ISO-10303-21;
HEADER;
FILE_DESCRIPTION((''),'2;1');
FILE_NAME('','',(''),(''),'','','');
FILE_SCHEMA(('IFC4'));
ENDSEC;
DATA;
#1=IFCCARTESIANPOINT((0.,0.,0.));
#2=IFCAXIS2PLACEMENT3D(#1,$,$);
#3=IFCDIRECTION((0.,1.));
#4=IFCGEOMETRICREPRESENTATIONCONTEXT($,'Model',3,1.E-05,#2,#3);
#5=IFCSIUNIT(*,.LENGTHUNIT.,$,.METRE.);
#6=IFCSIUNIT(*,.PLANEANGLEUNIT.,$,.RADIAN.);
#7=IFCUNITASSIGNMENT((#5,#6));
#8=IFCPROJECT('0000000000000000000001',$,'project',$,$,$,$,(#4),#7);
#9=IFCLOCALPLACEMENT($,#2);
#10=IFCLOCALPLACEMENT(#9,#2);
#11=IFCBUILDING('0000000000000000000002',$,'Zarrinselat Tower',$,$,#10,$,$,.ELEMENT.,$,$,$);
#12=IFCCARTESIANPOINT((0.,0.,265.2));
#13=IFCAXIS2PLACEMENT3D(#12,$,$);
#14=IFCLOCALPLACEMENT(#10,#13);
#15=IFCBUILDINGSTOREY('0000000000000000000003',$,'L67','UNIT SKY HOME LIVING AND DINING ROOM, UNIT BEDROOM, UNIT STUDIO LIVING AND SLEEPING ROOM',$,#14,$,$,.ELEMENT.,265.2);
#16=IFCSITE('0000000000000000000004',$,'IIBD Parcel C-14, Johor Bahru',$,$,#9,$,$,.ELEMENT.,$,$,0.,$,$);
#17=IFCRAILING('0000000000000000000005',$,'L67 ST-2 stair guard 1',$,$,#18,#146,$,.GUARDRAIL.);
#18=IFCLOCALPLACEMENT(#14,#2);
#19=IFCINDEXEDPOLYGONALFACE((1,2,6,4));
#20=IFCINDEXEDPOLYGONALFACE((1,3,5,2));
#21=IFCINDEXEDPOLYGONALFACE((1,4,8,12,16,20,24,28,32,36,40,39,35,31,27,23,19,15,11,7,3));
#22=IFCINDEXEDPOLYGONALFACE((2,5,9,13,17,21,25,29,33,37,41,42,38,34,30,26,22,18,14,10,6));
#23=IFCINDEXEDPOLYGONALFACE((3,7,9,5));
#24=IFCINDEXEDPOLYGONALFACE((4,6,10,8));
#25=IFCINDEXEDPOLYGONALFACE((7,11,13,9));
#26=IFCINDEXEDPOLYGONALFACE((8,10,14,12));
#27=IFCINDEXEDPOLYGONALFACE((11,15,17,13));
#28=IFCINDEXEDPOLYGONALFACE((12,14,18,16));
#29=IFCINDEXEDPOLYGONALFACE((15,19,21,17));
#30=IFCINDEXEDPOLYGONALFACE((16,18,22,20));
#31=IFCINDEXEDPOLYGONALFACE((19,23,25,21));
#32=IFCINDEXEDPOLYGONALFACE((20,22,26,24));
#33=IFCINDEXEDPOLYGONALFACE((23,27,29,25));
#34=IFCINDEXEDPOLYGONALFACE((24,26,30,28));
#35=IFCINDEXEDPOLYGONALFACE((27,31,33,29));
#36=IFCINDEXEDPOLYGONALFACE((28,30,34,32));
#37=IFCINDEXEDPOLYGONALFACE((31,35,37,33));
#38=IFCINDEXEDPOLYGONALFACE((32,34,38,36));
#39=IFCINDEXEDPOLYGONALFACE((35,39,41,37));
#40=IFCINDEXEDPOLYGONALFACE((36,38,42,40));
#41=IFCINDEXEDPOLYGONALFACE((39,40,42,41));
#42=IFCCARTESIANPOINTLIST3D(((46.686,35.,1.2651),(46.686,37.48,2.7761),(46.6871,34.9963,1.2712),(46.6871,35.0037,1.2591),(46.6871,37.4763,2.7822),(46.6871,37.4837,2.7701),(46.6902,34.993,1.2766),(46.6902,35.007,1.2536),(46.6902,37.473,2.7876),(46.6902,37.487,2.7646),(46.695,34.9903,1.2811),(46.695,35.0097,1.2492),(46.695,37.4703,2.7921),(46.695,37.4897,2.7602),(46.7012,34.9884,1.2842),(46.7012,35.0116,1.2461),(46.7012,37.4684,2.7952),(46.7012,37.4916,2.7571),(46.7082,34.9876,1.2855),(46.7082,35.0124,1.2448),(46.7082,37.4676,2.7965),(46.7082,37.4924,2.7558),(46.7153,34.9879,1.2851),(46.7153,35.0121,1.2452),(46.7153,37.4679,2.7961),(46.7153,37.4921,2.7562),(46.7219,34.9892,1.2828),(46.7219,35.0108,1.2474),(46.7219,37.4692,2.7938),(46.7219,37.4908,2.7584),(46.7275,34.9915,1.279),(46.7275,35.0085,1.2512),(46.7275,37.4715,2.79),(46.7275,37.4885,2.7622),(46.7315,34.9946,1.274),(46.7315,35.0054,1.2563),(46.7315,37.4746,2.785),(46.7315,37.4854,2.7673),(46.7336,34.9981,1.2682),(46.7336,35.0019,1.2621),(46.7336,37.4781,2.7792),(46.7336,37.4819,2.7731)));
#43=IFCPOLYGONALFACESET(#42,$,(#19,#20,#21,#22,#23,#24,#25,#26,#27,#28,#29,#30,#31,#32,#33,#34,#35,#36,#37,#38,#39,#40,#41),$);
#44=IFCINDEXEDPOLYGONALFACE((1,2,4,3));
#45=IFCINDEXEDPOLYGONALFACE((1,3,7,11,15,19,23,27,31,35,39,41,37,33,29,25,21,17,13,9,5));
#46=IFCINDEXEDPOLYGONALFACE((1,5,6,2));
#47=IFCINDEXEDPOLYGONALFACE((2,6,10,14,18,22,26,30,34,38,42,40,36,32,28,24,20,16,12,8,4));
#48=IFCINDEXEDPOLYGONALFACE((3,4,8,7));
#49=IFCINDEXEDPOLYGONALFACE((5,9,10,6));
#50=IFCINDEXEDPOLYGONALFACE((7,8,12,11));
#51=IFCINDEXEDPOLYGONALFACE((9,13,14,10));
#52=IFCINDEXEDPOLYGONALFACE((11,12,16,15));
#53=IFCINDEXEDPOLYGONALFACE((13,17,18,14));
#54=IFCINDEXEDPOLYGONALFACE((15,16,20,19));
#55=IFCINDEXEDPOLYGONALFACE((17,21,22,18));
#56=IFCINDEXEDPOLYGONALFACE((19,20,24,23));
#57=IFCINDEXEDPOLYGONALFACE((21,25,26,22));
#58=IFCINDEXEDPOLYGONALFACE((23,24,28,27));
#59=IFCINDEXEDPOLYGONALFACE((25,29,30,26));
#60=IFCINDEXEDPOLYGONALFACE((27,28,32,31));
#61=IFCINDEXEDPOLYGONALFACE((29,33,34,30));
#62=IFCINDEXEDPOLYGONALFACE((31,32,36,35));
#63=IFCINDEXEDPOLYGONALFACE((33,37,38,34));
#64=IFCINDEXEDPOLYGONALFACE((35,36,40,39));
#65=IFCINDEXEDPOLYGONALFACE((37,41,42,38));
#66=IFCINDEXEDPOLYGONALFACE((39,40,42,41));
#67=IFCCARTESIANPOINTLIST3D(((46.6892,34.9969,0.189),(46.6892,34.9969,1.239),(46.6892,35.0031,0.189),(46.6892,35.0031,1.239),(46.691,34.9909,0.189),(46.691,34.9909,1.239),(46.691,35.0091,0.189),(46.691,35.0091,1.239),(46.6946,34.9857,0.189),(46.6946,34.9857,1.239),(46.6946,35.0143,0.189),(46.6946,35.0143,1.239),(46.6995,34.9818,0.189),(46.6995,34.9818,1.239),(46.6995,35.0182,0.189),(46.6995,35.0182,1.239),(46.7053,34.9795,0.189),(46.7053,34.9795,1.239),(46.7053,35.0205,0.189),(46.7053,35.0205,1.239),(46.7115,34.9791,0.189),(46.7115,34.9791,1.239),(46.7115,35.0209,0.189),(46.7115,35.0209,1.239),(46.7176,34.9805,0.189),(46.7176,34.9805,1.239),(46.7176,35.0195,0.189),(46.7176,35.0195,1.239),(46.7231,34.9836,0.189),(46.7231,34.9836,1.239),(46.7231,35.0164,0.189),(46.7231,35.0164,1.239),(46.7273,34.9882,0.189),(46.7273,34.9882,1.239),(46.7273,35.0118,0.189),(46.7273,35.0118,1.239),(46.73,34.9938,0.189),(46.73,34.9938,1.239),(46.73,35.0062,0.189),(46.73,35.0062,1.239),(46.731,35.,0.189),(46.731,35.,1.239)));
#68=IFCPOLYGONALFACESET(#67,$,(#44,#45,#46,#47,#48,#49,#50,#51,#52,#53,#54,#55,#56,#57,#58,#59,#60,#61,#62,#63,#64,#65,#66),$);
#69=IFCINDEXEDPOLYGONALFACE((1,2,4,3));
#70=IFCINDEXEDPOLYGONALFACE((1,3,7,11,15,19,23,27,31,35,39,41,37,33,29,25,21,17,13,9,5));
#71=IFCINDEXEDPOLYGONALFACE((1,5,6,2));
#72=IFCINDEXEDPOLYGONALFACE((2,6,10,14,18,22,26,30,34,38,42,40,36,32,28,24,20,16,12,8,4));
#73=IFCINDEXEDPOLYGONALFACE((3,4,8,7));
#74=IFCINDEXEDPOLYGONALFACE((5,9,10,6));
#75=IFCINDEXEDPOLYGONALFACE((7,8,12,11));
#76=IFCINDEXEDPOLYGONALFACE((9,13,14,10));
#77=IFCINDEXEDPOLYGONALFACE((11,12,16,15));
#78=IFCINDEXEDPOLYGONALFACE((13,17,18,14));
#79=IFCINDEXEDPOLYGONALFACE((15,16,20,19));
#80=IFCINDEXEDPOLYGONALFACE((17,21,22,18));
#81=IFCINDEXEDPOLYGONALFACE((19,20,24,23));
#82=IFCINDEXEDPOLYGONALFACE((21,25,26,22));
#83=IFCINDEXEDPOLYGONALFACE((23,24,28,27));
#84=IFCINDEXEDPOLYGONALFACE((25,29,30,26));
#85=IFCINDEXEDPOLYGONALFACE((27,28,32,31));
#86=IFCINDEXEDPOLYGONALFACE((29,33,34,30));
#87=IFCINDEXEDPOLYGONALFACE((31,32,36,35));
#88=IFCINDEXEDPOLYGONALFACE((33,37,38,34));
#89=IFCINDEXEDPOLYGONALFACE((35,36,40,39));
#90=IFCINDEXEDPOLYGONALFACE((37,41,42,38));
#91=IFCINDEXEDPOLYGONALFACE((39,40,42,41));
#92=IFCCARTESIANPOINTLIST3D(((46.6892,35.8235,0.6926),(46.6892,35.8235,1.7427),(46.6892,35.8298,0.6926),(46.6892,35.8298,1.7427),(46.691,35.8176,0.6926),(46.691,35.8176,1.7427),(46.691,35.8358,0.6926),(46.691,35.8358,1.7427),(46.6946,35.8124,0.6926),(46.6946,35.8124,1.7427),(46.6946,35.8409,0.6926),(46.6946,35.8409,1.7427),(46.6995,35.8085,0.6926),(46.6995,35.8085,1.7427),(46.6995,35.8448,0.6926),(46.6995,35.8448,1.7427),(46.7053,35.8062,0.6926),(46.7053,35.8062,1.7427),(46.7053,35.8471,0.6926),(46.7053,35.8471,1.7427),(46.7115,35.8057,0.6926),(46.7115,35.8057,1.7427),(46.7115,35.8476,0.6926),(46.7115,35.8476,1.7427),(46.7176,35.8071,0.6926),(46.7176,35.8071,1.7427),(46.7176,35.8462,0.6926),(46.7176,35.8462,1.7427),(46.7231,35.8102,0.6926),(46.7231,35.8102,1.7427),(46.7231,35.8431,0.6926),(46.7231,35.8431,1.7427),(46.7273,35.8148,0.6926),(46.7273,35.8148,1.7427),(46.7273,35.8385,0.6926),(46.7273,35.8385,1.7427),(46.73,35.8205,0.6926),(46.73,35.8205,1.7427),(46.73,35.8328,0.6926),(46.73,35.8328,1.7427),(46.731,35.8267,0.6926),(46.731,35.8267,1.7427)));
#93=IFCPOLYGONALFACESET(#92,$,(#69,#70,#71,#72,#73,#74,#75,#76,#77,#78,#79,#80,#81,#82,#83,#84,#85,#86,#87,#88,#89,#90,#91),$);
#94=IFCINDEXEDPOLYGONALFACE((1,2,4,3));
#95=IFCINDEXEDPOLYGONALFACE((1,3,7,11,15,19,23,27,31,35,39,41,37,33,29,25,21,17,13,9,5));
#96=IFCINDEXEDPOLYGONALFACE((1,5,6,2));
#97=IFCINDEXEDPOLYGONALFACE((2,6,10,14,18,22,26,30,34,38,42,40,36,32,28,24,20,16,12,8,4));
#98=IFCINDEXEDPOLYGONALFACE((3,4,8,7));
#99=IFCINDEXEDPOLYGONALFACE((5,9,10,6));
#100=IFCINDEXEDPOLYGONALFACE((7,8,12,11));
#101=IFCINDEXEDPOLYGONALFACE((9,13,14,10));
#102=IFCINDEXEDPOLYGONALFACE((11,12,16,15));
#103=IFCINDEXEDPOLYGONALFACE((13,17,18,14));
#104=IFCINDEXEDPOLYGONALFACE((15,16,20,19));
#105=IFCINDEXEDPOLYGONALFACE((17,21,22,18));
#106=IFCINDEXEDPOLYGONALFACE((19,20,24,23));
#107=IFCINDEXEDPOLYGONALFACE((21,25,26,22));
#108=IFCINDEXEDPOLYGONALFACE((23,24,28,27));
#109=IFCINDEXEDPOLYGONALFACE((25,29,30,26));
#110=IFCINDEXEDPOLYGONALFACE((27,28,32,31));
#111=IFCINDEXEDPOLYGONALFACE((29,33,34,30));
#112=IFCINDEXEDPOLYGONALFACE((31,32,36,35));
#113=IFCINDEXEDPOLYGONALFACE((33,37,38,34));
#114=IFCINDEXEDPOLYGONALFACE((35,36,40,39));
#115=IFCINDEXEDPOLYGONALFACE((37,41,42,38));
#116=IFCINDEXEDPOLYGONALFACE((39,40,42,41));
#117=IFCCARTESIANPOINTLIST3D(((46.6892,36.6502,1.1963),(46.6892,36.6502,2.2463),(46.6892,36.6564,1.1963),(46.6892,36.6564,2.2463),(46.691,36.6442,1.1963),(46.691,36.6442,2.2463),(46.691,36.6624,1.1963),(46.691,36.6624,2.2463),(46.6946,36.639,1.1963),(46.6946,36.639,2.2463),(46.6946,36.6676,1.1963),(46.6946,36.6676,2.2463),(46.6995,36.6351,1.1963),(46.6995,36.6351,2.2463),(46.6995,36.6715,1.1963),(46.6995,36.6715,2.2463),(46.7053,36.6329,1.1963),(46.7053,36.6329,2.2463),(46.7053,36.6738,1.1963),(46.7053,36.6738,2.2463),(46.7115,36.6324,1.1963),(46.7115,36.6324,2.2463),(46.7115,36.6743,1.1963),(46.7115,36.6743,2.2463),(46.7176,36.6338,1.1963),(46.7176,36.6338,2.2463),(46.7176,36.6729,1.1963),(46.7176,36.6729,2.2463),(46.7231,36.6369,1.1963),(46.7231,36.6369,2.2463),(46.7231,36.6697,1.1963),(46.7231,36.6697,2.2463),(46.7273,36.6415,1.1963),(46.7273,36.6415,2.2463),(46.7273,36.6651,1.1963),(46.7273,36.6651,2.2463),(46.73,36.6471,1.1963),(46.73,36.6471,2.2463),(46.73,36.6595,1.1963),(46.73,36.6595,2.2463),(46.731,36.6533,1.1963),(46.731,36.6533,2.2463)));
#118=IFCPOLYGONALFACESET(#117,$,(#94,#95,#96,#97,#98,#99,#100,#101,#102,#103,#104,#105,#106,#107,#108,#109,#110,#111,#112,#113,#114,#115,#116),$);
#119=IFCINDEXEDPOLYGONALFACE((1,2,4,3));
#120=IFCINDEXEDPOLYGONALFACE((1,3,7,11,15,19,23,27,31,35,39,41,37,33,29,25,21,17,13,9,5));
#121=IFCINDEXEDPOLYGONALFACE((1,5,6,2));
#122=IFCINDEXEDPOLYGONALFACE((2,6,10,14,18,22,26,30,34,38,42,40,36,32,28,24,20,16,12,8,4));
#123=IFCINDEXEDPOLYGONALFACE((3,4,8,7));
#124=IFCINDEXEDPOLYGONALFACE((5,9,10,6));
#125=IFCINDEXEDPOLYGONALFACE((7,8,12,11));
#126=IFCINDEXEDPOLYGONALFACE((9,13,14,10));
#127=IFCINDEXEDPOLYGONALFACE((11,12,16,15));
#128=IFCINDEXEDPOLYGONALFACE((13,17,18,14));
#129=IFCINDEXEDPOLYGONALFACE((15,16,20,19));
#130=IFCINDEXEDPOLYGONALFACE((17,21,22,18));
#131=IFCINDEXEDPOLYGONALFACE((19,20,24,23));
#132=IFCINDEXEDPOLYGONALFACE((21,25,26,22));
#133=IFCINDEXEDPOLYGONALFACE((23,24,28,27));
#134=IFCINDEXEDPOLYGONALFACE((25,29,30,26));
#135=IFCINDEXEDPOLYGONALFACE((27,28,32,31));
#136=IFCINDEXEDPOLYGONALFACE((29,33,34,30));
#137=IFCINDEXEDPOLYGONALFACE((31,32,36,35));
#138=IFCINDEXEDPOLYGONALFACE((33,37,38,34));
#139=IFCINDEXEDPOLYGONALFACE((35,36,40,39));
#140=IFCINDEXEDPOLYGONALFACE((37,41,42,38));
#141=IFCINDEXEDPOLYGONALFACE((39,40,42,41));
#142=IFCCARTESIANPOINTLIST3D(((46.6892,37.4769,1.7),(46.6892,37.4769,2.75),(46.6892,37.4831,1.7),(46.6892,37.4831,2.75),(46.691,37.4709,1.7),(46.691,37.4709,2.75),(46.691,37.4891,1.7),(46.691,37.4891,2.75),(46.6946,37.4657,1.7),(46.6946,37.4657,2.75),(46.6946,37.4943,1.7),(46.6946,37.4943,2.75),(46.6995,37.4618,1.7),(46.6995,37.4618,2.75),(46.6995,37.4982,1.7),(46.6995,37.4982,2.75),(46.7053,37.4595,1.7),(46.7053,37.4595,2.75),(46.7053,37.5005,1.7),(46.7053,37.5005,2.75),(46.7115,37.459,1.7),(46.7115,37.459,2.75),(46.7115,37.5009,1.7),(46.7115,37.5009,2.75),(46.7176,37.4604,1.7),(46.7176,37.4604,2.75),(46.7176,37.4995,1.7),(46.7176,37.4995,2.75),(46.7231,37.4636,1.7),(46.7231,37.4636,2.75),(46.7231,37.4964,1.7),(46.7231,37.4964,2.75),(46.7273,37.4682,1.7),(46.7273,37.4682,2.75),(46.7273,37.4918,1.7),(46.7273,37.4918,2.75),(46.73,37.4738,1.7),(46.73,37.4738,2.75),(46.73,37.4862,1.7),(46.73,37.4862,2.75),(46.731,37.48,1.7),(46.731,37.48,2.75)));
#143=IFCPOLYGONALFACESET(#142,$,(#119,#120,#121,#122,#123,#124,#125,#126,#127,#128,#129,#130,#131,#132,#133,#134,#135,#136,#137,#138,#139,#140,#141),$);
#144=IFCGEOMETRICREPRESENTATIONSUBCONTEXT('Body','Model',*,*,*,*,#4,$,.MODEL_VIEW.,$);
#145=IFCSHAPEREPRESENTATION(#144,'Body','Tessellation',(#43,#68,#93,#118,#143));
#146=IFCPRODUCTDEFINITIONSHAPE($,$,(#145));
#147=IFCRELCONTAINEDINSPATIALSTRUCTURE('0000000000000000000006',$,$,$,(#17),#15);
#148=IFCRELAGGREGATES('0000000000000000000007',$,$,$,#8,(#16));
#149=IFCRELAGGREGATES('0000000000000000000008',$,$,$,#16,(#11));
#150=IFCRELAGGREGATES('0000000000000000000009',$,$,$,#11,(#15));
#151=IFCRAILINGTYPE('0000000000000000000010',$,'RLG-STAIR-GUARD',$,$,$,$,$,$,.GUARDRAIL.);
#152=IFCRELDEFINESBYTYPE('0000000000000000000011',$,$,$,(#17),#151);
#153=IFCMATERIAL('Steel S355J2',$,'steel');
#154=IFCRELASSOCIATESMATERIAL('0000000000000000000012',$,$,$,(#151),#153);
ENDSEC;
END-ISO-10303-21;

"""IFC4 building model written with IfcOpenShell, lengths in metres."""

from ifc_helpers import new_model, si_unit, direction, frame, origin, origin_2d, place, context, subcontext, project, spatial, circle, extrude, material, type_object, element, save


model = new_model("IFC4")

# Units and contexts
model_context = context("Model", 3, precision=1e-05, world=origin(), true_north=direction((0.0, 1.0)))
body_context = subcontext(model_context, "Body", "Model", "MODEL_VIEW")
ifc_project = project(units=[si_unit("LENGTHUNIT", "METRE"), si_unit("PLANEANGLEUNIT", "RADIAN")], contexts=[model_context])

# Site, building, storey
site_placement = place(None, origin())
site = spatial("IfcSite", under=ifc_project, at=site_placement, Name="IIBD Parcel C-14, Johor Bahru", CompositionType="ELEMENT", RefElevation=0.0)
building_placement = place(site_placement, origin())
building = spatial("IfcBuilding", under=site, at=building_placement, Name="Zarrinselat Tower", CompositionType="ELEMENT")
storey_placement = place(building_placement, frame((0.0, 0.0, 265.2)))
storey = spatial("IfcBuildingStorey", under=building, at=storey_placement, Name="L67", Description="UNIT SKY HOME LIVING AND DINING ROOM, UNIT BEDROOM, UNIT STUDIO LIVING AND SLEEPING ROOM", CompositionType="ELEMENT", Elevation=265.2)

# Railing
ifc_material_1 = material(Name="Steel S355J2", Category="steel")
railing_type_1 = type_object("IfcRailingType", Name="RLG-STAIR-GUARD", PredefinedType="GUARDRAIL", material=ifc_material_1)
railing_1_placement = place(storey_placement, frame((46.71, 35.0, 0.189)))
element("IfcRailing", 1, at=railing_1_placement, inside=storey, type_object=railing_type_1, Name="L67 ST-2 stair guard 1", PredefinedType="GUARDRAIL", context=body_context, shape_type="SweptSolid", body=[
    extrude(circle(Radius=0.0239, at=origin_2d()), frame((0.0, 0.0, 1.0762), z_axis=(0.0, 0.853979, 0.520307), x_axis=(-1.0, 0.0, 0.0)), (0.0, 0.0, 1.0), 2.9041),
    extrude(circle(Radius=0.021, at=origin_2d()), origin(), (0.0, 0.0, 1.0), 1.05),
    extrude(circle(Radius=0.021, at=origin_2d()), frame((0.0, 0.8267, 0.5037)), (0.0, 0.0, 1.0), 1.05),
    extrude(circle(Radius=0.021, at=origin_2d()), frame((0.0, 1.6533, 1.0073)), (0.0, 0.0, 1.0), 1.05),
    extrude(circle(Radius=0.021, at=origin_2d()), frame((0.0, 2.48, 1.511)), (0.0, 0.0, 1.0), 1.05),
])

save(model, "model.ifc")
